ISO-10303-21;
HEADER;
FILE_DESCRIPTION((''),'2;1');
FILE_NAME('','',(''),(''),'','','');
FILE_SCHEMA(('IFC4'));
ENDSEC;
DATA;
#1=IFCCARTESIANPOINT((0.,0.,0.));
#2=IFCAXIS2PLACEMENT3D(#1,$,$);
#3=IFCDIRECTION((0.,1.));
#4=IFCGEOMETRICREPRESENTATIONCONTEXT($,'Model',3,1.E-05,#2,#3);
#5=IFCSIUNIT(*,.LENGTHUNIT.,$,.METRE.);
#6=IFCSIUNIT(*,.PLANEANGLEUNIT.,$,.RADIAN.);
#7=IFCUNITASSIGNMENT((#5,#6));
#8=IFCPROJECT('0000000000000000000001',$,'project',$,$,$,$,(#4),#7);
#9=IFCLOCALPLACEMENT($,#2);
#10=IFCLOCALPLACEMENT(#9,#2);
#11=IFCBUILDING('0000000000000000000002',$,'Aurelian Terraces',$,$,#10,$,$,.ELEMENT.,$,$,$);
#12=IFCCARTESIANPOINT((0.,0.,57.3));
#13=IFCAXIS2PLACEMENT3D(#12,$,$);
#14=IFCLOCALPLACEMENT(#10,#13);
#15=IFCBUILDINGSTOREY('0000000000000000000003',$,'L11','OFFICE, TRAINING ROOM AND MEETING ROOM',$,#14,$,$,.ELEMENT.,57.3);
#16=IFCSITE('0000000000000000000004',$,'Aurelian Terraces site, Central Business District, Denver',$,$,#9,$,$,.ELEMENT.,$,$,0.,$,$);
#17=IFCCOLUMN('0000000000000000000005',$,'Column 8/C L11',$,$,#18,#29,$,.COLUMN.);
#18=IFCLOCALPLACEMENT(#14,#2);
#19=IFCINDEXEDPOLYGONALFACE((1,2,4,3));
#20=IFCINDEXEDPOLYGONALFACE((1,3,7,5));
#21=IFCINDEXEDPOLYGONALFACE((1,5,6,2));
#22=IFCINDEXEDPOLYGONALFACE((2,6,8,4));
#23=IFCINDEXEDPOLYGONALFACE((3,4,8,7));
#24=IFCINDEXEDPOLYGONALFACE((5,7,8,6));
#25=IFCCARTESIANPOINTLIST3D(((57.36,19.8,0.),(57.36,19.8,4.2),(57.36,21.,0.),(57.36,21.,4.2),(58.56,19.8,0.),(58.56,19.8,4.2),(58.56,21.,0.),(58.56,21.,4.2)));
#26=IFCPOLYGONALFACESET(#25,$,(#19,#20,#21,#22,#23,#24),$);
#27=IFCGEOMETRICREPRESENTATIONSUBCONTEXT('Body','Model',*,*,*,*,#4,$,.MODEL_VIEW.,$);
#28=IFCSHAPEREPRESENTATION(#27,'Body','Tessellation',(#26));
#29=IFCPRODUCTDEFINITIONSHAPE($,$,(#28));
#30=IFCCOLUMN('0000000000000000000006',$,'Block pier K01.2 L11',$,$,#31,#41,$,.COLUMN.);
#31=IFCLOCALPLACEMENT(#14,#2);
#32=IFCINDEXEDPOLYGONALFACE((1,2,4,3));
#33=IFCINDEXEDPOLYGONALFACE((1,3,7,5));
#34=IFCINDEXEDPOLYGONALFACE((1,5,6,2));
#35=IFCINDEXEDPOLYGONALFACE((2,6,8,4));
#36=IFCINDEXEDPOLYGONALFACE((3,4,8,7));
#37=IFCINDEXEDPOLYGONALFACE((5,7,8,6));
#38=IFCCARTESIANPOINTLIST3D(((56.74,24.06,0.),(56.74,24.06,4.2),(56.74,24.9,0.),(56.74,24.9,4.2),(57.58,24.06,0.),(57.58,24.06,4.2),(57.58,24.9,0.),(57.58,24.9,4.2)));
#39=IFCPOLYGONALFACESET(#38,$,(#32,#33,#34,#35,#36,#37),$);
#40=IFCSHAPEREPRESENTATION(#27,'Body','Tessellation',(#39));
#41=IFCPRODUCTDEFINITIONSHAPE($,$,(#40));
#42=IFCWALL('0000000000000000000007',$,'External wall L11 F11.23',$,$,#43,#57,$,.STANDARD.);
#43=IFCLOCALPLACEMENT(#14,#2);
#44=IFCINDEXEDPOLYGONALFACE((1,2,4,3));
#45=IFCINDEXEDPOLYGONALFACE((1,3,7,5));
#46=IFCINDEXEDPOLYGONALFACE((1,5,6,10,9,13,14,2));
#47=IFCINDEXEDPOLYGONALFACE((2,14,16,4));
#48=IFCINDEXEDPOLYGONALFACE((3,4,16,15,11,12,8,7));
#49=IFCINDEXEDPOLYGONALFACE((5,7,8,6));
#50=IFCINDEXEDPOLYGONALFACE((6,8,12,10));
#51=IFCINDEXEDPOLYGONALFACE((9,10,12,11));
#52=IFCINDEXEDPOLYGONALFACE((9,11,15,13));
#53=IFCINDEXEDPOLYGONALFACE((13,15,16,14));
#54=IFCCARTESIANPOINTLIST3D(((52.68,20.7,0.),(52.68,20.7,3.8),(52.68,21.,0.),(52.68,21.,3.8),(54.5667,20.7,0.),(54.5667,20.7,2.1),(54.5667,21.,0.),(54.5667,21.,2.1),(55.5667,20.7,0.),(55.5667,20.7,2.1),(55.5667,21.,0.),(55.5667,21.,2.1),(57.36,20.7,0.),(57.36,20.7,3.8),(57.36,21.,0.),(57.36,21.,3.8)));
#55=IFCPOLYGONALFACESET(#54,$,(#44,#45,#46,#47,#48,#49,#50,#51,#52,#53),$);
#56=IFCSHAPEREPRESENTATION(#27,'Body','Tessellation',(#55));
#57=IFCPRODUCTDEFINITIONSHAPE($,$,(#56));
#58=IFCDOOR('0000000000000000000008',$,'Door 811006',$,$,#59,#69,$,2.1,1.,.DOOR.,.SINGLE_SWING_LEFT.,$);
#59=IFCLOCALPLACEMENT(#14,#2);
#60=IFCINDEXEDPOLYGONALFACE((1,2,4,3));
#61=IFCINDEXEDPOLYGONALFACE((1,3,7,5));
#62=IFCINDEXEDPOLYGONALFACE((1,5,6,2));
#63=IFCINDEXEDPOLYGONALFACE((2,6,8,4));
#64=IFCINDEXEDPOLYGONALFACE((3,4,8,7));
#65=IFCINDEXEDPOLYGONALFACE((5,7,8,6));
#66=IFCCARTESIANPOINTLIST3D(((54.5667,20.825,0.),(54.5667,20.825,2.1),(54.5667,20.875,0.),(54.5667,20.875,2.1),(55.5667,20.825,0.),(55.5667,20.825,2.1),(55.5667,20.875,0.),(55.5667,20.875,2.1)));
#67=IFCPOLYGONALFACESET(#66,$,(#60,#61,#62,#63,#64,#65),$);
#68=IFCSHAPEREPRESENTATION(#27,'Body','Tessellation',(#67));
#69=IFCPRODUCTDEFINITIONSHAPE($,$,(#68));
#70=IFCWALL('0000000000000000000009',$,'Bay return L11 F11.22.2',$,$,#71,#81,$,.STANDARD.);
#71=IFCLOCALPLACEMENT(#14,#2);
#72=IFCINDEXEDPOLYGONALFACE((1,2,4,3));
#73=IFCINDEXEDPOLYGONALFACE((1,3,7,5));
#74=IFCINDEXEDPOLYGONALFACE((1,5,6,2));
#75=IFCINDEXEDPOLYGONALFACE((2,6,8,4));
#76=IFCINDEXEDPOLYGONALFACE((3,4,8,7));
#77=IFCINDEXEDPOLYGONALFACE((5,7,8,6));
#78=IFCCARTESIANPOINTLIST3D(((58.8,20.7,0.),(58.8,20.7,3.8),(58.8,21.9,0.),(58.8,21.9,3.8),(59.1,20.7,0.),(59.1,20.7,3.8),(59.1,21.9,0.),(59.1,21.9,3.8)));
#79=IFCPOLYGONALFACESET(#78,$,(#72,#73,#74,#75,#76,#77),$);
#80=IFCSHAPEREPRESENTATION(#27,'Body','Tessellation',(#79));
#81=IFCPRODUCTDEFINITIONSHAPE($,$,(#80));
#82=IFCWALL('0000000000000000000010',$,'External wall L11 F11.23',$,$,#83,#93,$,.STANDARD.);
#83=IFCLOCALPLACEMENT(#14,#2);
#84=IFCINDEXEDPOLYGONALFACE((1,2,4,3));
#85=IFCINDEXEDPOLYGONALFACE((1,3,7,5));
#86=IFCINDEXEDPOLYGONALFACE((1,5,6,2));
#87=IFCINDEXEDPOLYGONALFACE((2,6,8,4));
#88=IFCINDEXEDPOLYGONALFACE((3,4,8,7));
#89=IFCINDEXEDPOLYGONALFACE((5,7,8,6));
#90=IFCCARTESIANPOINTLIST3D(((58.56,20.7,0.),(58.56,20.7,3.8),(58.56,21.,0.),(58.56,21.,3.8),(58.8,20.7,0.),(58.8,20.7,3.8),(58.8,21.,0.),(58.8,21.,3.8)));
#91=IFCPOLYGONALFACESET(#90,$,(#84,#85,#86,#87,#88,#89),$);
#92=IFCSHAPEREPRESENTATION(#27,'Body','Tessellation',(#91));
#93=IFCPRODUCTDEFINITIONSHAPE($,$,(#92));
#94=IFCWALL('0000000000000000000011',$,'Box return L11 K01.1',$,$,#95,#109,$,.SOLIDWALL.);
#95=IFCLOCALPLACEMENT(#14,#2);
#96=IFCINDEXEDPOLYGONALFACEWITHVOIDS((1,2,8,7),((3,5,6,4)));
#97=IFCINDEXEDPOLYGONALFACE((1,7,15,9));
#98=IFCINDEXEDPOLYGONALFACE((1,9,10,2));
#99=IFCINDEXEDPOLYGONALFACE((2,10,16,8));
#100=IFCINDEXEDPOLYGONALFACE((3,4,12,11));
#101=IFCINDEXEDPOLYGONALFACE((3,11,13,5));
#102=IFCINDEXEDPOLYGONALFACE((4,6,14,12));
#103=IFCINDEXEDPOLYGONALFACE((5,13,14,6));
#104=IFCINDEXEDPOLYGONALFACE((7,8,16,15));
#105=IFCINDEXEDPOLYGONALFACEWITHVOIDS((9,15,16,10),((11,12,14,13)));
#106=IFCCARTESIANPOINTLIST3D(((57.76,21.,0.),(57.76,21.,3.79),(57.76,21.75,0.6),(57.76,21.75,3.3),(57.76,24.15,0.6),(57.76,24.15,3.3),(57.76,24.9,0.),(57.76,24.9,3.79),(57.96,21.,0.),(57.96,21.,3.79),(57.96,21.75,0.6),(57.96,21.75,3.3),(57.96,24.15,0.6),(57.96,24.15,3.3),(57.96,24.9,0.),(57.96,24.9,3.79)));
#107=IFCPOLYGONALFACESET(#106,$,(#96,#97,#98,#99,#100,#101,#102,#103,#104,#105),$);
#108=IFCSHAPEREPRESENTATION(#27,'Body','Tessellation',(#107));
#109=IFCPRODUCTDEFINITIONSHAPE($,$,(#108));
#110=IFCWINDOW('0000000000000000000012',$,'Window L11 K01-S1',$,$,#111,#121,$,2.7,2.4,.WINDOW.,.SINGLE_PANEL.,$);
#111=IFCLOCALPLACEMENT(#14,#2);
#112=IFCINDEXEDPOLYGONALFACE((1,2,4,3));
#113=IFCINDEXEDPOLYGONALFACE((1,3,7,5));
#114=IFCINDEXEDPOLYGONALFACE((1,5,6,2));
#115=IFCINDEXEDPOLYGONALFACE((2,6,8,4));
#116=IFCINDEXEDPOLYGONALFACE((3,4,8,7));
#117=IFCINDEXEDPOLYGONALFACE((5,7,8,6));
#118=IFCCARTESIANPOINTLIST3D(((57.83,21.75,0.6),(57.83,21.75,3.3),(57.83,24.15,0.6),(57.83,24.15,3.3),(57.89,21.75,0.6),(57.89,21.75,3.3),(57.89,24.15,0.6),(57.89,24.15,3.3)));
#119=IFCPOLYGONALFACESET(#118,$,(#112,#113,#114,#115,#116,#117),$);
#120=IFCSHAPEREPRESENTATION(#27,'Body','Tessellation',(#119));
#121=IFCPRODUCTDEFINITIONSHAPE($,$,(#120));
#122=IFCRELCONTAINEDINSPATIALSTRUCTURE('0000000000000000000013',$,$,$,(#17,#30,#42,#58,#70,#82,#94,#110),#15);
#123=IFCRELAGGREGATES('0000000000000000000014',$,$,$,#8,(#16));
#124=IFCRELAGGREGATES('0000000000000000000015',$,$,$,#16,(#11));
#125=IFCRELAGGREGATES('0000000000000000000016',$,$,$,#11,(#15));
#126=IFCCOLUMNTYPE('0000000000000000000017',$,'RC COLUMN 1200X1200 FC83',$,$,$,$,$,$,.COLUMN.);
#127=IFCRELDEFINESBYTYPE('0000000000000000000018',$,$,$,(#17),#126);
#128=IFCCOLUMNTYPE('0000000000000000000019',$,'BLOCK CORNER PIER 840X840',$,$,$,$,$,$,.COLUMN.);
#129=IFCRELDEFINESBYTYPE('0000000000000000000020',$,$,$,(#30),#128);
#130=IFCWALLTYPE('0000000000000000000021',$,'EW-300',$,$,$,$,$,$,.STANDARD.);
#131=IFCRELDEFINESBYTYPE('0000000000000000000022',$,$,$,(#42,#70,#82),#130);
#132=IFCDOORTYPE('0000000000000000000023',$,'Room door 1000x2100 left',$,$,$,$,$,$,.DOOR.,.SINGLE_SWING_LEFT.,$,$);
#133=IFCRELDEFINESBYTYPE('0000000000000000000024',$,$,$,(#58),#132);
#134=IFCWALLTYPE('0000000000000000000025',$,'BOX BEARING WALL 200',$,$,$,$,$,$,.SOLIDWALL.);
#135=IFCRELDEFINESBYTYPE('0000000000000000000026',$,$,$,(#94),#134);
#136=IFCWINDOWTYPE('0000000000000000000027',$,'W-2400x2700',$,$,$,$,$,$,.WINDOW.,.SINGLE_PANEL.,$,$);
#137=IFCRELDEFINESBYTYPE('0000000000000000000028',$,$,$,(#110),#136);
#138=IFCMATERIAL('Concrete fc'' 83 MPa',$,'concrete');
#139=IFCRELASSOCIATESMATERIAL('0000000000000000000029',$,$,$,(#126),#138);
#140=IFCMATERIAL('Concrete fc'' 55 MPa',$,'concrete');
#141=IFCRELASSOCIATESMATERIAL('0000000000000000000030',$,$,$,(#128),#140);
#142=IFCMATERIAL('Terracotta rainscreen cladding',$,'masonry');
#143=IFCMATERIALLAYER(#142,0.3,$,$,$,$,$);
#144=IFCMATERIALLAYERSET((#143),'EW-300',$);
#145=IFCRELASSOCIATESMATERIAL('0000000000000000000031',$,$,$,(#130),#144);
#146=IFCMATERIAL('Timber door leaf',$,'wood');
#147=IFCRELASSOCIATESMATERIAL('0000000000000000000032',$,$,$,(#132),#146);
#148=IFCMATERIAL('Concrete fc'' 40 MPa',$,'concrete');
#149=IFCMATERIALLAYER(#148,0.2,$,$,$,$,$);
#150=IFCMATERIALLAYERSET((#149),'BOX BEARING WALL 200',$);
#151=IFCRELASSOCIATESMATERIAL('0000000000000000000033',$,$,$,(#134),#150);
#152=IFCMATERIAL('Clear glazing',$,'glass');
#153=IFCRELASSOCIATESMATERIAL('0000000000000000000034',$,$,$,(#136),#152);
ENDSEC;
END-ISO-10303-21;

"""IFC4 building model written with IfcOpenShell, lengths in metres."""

from ifc_helpers import new_model, si_unit, direction, frame, frame_2d, origin, origin_2d, place, context, subcontext, project, spatial, rectangle, extrude, source, transform, mapped, material, layer, layer_set, material_profile, profile_set, type_object, element, fill, save


model = new_model("IFC4")

# Units and contexts
model_context = context("Model", 3, precision=1e-05, world=origin(), true_north=direction((0.0, 1.0)))
body_context = subcontext(model_context, "Body", "Model", "MODEL_VIEW")
ifc_project = project(units=[si_unit("LENGTHUNIT", "METRE"), si_unit("PLANEANGLEUNIT", "RADIAN")], contexts=[model_context])

# Site, building, storey
site_placement = place(None, origin())
site = spatial("IfcSite", under=ifc_project, at=site_placement, Name="Aurelian Terraces site, Central Business District, Denver", CompositionType="ELEMENT", RefElevation=0.0)
building_placement = place(site_placement, origin())
building = spatial("IfcBuilding", under=site, at=building_placement, Name="Aurelian Terraces", CompositionType="ELEMENT")
storey_placement = place(building_placement, frame((0.0, 0.0, 57.3)))
storey = spatial("IfcBuildingStorey", under=building, at=storey_placement, Name="L11", Description="OFFICE, TRAINING ROOM AND MEETING ROOM", CompositionType="ELEMENT", Elevation=57.3)

# Columns
ifc_material_1 = material(Name="Concrete fc' 83 MPa", Category="concrete")
ifc_material_profile_1 = material_profile(ifc_material_1, rectangle(XDim=1.2, YDim=1.2, at=origin_2d()))
ifc_profile_set_1 = profile_set([ifc_material_profile_1], Name="Concrete fc' 83 MPa")
column_type_1 = type_object("IfcColumnType", Name="RC COLUMN 1200X1200 FC83", PredefinedType="COLUMN", material=ifc_profile_set_1)
shared_shape_1 = source(origin(), body_context, "Body", "SweptSolid", [
    extrude(rectangle(XDim=1.2, YDim=1.2, at=origin_2d()), origin(), (0.0, 0.0, 1.0), 4.2),
])
column_1_placement = place(storey_placement, frame((57.96, 20.4, 0.0), z_axis=(0.0, 0.0, 1.0), x_axis=(1.0, 0.0, 0.0)))
element("IfcColumn", 1, at=column_1_placement, inside=storey, type_object=column_type_1, Name="Column 8/C L11", PredefinedType="COLUMN", context=body_context, shape_type="MappedRepresentation", body=[
    mapped(shared_shape_1, transform((0.0, 0.0, 0.0), scale=1.0)),
])
ifc_material_2 = material(Name="Concrete fc' 55 MPa", Category="concrete")
ifc_material_profile_2 = material_profile(ifc_material_2, rectangle(XDim=0.84, YDim=0.84, at=origin_2d()))
ifc_profile_set_2 = profile_set([ifc_material_profile_2], Name="Concrete fc' 55 MPa")
column_type_2 = type_object("IfcColumnType", Name="BLOCK CORNER PIER 840X840", PredefinedType="COLUMN", material=ifc_profile_set_2)
shared_shape_2 = source(origin(), body_context, "Body", "SweptSolid", [
    extrude(rectangle(XDim=0.84, YDim=0.84, at=origin_2d()), origin(), (0.0, 0.0, 1.0), 4.2),
])
column_2_placement = place(storey_placement, frame((57.16, 24.48, 0.0), z_axis=(0.0, 0.0, 1.0), x_axis=(1.0, 0.0, 0.0)))
element("IfcColumn", 2, at=column_2_placement, inside=storey, type_object=column_type_2, Name="Block pier K01.2 L11", PredefinedType="COLUMN", context=body_context, shape_type="MappedRepresentation", body=[
    mapped(shared_shape_2, transform((0.0, 0.0, 0.0), scale=1.0)),
])

# Wall, opening, door
ifc_material_3 = material(Name="Terracotta rainscreen cladding", Category="masonry")
ifc_layer_1 = layer(ifc_material_3, 0.3)
ifc_layer_set_1 = layer_set([ifc_layer_1], Name="EW-300")
wall_type_1 = type_object("IfcWallType", Name="EW-300", PredefinedType="STANDARD", material=ifc_layer_set_1)
shared_shape_3 = source(origin(), body_context, "Body", "SweptSolid", [
    extrude(rectangle(XDim=4.68, YDim=0.3, at=frame_2d((2.34, 0.0))), origin(), (0.0, 0.0, 1.0), 3.8),
])
wall_1_placement = place(storey_placement, frame((57.36, 20.85, 0.0), z_axis=(0.0, 0.0, 1.0), x_axis=(-1.0, 0.0, 0.0)))
wall_1 = element("IfcWall", 3, at=wall_1_placement, inside=storey, type_object=wall_type_1, Name="External wall L11 F11.23", PredefinedType="STANDARD", context=body_context, shape_type="MappedRepresentation", body=[
    mapped(shared_shape_3, transform((0.0, 0.0, 0.0), scale=1.0)),
])
shared_shape_4 = source(origin(), body_context, "Body", "SweptSolid", [
    extrude(rectangle(XDim=1.0, YDim=2.1, at=frame_2d((0.5, 1.05))), frame((0.0, 0.16, 0.0), z_axis=(0.0, -1.0, 0.0), x_axis=(1.0, 0.0, 0.0)), (0.0, 0.0, 1.0), 0.32),
])
opening_1_placement = place(wall_1_placement, frame((1.7933, 0.0, 0.0)))
opening_1 = element("IfcOpeningElement", 4, at=opening_1_placement, cuts=wall_1, PredefinedType="OPENING", context=body_context, shape_type="MappedRepresentation", body=[
    mapped(shared_shape_4, transform((0.0, 0.0, 0.0), scale=1.0)),
])
ifc_material_4 = material(Name="Timber door leaf", Category="wood")
door_type = type_object("IfcDoorType", Name="Room door 1000x2100 left", OperationType="SINGLE_SWING_LEFT", PredefinedType="DOOR", material=ifc_material_4)
shared_shape_5 = source(origin(), body_context, "Body", "SweptSolid", [
    extrude(rectangle(XDim=1.0, YDim=2.1, at=frame_2d((0.5, 1.05))), frame((0.0, 0.025, 0.0), z_axis=(0.0, -1.0, 0.0), x_axis=(1.0, 0.0, 0.0)), (0.0, 0.0, 1.0), 0.05),
])
door_placement = place(opening_1_placement, origin())
door = element("IfcDoor", 5, at=door_placement, inside=storey, type_object=door_type, Name="Door 811006", OperationType="SINGLE_SWING_LEFT", OverallHeight=2.1, OverallWidth=1.0, PredefinedType="DOOR", context=body_context, shape_type="MappedRepresentation", body=[
    mapped(shared_shape_5, transform((0.0, 0.0, 0.0), scale=1.0)),
])
fill(opening_1, door)

# Walls
shared_shape_6 = source(origin(), body_context, "Body", "SweptSolid", [
    extrude(rectangle(XDim=1.2, YDim=0.3, at=frame_2d((0.6, 0.0))), origin(), (0.0, 0.0, 1.0), 3.8),
])
wall_2_placement = place(storey_placement, frame((58.95, 20.7, 0.0), z_axis=(0.0, 0.0, 1.0), x_axis=(0.0, 1.0, 0.0)))
element("IfcWall", 6, at=wall_2_placement, inside=storey, type_object=wall_type_1, Name="Bay return L11 F11.22.2", PredefinedType="STANDARD", context=body_context, shape_type="MappedRepresentation", body=[
    mapped(shared_shape_6, transform((0.0, 0.0, 0.0), scale=1.0)),
])
shared_shape_7 = source(origin(), body_context, "Body", "SweptSolid", [
    extrude(rectangle(XDim=0.24, YDim=0.3, at=frame_2d((0.12, 0.0))), origin(), (0.0, 0.0, 1.0), 3.8),
])
wall_3_placement = place(storey_placement, frame((58.8, 20.85, 0.0), z_axis=(0.0, 0.0, 1.0), x_axis=(-1.0, 0.0, 0.0)))
element("IfcWall", 7, at=wall_3_placement, inside=storey, type_object=wall_type_1, Name="External wall L11 F11.23", PredefinedType="STANDARD", context=body_context, shape_type="MappedRepresentation", body=[
    mapped(shared_shape_7, transform((0.0, 0.0, 0.0), scale=1.0)),
])

# Wall, opening, window
ifc_material_5 = material(Name="Concrete fc' 40 MPa", Category="concrete")
ifc_layer_2 = layer(ifc_material_5, 0.2)
ifc_layer_set_2 = layer_set([ifc_layer_2], Name="BOX BEARING WALL 200")
wall_type_2 = type_object("IfcWallType", Name="BOX BEARING WALL 200", PredefinedType="SOLIDWALL", material=ifc_layer_set_2)
shared_shape_8 = source(origin(), body_context, "Body", "SweptSolid", [
    extrude(rectangle(XDim=3.9, YDim=0.2, at=frame_2d((1.95, 0.0))), origin(), (0.0, 0.0, 1.0), 3.79),
])
wall_4_placement = place(storey_placement, frame((57.86, 21.0, 0.0), z_axis=(0.0, 0.0, 1.0), x_axis=(0.0, 1.0, 0.0)))
wall_4 = element("IfcWall", 8, at=wall_4_placement, inside=storey, type_object=wall_type_2, Name="Box return L11 K01.1", PredefinedType="SOLIDWALL", context=body_context, shape_type="MappedRepresentation", body=[
    mapped(shared_shape_8, transform((0.0, 0.0, 0.0), scale=1.0)),
])
shared_shape_9 = source(origin(), body_context, "Body", "SweptSolid", [
    extrude(rectangle(XDim=2.4, YDim=2.7, at=frame_2d((1.2, 1.35))), frame((0.0, 0.11, 0.0), z_axis=(0.0, -1.0, 0.0), x_axis=(1.0, 0.0, 0.0)), (0.0, 0.0, 1.0), 0.22),
])
opening_2_placement = place(wall_4_placement, frame((0.75, 0.0, 0.6)))
opening_2 = element("IfcOpeningElement", 9, at=opening_2_placement, cuts=wall_4, PredefinedType="OPENING", context=body_context, shape_type="MappedRepresentation", body=[
    mapped(shared_shape_9, transform((0.0, 0.0, 0.0), scale=1.0)),
])
ifc_material_6 = material(Name="Clear glazing", Category="glass")
window_type_1 = type_object("IfcWindowType", Name="W-2400x2700", PartitioningType="SINGLE_PANEL", PredefinedType="WINDOW", material=ifc_material_6)
shared_shape_10 = source(origin(), body_context, "Body", "SweptSolid", [
    extrude(rectangle(XDim=2.4, YDim=2.7, at=frame_2d((1.2, 1.35))), frame((0.0, 0.03, 0.0), z_axis=(0.0, -1.0, 0.0), x_axis=(1.0, 0.0, 0.0)), (0.0, 0.0, 1.0), 0.06),
])
window_1_placement = place(opening_2_placement, origin())
window_1 = element("IfcWindow", 10, at=window_1_placement, inside=storey, type_object=window_type_1, Name="Window L11 K01-S1", OverallHeight=2.7, OverallWidth=2.4, PartitioningType="SINGLE_PANEL", PredefinedType="WINDOW", context=body_context, shape_type="MappedRepresentation", body=[
    mapped(shared_shape_10, transform((0.0, 0.0, 0.0), scale=1.0)),
])
fill(opening_2, window_1)

save(model, "model.ifc")
